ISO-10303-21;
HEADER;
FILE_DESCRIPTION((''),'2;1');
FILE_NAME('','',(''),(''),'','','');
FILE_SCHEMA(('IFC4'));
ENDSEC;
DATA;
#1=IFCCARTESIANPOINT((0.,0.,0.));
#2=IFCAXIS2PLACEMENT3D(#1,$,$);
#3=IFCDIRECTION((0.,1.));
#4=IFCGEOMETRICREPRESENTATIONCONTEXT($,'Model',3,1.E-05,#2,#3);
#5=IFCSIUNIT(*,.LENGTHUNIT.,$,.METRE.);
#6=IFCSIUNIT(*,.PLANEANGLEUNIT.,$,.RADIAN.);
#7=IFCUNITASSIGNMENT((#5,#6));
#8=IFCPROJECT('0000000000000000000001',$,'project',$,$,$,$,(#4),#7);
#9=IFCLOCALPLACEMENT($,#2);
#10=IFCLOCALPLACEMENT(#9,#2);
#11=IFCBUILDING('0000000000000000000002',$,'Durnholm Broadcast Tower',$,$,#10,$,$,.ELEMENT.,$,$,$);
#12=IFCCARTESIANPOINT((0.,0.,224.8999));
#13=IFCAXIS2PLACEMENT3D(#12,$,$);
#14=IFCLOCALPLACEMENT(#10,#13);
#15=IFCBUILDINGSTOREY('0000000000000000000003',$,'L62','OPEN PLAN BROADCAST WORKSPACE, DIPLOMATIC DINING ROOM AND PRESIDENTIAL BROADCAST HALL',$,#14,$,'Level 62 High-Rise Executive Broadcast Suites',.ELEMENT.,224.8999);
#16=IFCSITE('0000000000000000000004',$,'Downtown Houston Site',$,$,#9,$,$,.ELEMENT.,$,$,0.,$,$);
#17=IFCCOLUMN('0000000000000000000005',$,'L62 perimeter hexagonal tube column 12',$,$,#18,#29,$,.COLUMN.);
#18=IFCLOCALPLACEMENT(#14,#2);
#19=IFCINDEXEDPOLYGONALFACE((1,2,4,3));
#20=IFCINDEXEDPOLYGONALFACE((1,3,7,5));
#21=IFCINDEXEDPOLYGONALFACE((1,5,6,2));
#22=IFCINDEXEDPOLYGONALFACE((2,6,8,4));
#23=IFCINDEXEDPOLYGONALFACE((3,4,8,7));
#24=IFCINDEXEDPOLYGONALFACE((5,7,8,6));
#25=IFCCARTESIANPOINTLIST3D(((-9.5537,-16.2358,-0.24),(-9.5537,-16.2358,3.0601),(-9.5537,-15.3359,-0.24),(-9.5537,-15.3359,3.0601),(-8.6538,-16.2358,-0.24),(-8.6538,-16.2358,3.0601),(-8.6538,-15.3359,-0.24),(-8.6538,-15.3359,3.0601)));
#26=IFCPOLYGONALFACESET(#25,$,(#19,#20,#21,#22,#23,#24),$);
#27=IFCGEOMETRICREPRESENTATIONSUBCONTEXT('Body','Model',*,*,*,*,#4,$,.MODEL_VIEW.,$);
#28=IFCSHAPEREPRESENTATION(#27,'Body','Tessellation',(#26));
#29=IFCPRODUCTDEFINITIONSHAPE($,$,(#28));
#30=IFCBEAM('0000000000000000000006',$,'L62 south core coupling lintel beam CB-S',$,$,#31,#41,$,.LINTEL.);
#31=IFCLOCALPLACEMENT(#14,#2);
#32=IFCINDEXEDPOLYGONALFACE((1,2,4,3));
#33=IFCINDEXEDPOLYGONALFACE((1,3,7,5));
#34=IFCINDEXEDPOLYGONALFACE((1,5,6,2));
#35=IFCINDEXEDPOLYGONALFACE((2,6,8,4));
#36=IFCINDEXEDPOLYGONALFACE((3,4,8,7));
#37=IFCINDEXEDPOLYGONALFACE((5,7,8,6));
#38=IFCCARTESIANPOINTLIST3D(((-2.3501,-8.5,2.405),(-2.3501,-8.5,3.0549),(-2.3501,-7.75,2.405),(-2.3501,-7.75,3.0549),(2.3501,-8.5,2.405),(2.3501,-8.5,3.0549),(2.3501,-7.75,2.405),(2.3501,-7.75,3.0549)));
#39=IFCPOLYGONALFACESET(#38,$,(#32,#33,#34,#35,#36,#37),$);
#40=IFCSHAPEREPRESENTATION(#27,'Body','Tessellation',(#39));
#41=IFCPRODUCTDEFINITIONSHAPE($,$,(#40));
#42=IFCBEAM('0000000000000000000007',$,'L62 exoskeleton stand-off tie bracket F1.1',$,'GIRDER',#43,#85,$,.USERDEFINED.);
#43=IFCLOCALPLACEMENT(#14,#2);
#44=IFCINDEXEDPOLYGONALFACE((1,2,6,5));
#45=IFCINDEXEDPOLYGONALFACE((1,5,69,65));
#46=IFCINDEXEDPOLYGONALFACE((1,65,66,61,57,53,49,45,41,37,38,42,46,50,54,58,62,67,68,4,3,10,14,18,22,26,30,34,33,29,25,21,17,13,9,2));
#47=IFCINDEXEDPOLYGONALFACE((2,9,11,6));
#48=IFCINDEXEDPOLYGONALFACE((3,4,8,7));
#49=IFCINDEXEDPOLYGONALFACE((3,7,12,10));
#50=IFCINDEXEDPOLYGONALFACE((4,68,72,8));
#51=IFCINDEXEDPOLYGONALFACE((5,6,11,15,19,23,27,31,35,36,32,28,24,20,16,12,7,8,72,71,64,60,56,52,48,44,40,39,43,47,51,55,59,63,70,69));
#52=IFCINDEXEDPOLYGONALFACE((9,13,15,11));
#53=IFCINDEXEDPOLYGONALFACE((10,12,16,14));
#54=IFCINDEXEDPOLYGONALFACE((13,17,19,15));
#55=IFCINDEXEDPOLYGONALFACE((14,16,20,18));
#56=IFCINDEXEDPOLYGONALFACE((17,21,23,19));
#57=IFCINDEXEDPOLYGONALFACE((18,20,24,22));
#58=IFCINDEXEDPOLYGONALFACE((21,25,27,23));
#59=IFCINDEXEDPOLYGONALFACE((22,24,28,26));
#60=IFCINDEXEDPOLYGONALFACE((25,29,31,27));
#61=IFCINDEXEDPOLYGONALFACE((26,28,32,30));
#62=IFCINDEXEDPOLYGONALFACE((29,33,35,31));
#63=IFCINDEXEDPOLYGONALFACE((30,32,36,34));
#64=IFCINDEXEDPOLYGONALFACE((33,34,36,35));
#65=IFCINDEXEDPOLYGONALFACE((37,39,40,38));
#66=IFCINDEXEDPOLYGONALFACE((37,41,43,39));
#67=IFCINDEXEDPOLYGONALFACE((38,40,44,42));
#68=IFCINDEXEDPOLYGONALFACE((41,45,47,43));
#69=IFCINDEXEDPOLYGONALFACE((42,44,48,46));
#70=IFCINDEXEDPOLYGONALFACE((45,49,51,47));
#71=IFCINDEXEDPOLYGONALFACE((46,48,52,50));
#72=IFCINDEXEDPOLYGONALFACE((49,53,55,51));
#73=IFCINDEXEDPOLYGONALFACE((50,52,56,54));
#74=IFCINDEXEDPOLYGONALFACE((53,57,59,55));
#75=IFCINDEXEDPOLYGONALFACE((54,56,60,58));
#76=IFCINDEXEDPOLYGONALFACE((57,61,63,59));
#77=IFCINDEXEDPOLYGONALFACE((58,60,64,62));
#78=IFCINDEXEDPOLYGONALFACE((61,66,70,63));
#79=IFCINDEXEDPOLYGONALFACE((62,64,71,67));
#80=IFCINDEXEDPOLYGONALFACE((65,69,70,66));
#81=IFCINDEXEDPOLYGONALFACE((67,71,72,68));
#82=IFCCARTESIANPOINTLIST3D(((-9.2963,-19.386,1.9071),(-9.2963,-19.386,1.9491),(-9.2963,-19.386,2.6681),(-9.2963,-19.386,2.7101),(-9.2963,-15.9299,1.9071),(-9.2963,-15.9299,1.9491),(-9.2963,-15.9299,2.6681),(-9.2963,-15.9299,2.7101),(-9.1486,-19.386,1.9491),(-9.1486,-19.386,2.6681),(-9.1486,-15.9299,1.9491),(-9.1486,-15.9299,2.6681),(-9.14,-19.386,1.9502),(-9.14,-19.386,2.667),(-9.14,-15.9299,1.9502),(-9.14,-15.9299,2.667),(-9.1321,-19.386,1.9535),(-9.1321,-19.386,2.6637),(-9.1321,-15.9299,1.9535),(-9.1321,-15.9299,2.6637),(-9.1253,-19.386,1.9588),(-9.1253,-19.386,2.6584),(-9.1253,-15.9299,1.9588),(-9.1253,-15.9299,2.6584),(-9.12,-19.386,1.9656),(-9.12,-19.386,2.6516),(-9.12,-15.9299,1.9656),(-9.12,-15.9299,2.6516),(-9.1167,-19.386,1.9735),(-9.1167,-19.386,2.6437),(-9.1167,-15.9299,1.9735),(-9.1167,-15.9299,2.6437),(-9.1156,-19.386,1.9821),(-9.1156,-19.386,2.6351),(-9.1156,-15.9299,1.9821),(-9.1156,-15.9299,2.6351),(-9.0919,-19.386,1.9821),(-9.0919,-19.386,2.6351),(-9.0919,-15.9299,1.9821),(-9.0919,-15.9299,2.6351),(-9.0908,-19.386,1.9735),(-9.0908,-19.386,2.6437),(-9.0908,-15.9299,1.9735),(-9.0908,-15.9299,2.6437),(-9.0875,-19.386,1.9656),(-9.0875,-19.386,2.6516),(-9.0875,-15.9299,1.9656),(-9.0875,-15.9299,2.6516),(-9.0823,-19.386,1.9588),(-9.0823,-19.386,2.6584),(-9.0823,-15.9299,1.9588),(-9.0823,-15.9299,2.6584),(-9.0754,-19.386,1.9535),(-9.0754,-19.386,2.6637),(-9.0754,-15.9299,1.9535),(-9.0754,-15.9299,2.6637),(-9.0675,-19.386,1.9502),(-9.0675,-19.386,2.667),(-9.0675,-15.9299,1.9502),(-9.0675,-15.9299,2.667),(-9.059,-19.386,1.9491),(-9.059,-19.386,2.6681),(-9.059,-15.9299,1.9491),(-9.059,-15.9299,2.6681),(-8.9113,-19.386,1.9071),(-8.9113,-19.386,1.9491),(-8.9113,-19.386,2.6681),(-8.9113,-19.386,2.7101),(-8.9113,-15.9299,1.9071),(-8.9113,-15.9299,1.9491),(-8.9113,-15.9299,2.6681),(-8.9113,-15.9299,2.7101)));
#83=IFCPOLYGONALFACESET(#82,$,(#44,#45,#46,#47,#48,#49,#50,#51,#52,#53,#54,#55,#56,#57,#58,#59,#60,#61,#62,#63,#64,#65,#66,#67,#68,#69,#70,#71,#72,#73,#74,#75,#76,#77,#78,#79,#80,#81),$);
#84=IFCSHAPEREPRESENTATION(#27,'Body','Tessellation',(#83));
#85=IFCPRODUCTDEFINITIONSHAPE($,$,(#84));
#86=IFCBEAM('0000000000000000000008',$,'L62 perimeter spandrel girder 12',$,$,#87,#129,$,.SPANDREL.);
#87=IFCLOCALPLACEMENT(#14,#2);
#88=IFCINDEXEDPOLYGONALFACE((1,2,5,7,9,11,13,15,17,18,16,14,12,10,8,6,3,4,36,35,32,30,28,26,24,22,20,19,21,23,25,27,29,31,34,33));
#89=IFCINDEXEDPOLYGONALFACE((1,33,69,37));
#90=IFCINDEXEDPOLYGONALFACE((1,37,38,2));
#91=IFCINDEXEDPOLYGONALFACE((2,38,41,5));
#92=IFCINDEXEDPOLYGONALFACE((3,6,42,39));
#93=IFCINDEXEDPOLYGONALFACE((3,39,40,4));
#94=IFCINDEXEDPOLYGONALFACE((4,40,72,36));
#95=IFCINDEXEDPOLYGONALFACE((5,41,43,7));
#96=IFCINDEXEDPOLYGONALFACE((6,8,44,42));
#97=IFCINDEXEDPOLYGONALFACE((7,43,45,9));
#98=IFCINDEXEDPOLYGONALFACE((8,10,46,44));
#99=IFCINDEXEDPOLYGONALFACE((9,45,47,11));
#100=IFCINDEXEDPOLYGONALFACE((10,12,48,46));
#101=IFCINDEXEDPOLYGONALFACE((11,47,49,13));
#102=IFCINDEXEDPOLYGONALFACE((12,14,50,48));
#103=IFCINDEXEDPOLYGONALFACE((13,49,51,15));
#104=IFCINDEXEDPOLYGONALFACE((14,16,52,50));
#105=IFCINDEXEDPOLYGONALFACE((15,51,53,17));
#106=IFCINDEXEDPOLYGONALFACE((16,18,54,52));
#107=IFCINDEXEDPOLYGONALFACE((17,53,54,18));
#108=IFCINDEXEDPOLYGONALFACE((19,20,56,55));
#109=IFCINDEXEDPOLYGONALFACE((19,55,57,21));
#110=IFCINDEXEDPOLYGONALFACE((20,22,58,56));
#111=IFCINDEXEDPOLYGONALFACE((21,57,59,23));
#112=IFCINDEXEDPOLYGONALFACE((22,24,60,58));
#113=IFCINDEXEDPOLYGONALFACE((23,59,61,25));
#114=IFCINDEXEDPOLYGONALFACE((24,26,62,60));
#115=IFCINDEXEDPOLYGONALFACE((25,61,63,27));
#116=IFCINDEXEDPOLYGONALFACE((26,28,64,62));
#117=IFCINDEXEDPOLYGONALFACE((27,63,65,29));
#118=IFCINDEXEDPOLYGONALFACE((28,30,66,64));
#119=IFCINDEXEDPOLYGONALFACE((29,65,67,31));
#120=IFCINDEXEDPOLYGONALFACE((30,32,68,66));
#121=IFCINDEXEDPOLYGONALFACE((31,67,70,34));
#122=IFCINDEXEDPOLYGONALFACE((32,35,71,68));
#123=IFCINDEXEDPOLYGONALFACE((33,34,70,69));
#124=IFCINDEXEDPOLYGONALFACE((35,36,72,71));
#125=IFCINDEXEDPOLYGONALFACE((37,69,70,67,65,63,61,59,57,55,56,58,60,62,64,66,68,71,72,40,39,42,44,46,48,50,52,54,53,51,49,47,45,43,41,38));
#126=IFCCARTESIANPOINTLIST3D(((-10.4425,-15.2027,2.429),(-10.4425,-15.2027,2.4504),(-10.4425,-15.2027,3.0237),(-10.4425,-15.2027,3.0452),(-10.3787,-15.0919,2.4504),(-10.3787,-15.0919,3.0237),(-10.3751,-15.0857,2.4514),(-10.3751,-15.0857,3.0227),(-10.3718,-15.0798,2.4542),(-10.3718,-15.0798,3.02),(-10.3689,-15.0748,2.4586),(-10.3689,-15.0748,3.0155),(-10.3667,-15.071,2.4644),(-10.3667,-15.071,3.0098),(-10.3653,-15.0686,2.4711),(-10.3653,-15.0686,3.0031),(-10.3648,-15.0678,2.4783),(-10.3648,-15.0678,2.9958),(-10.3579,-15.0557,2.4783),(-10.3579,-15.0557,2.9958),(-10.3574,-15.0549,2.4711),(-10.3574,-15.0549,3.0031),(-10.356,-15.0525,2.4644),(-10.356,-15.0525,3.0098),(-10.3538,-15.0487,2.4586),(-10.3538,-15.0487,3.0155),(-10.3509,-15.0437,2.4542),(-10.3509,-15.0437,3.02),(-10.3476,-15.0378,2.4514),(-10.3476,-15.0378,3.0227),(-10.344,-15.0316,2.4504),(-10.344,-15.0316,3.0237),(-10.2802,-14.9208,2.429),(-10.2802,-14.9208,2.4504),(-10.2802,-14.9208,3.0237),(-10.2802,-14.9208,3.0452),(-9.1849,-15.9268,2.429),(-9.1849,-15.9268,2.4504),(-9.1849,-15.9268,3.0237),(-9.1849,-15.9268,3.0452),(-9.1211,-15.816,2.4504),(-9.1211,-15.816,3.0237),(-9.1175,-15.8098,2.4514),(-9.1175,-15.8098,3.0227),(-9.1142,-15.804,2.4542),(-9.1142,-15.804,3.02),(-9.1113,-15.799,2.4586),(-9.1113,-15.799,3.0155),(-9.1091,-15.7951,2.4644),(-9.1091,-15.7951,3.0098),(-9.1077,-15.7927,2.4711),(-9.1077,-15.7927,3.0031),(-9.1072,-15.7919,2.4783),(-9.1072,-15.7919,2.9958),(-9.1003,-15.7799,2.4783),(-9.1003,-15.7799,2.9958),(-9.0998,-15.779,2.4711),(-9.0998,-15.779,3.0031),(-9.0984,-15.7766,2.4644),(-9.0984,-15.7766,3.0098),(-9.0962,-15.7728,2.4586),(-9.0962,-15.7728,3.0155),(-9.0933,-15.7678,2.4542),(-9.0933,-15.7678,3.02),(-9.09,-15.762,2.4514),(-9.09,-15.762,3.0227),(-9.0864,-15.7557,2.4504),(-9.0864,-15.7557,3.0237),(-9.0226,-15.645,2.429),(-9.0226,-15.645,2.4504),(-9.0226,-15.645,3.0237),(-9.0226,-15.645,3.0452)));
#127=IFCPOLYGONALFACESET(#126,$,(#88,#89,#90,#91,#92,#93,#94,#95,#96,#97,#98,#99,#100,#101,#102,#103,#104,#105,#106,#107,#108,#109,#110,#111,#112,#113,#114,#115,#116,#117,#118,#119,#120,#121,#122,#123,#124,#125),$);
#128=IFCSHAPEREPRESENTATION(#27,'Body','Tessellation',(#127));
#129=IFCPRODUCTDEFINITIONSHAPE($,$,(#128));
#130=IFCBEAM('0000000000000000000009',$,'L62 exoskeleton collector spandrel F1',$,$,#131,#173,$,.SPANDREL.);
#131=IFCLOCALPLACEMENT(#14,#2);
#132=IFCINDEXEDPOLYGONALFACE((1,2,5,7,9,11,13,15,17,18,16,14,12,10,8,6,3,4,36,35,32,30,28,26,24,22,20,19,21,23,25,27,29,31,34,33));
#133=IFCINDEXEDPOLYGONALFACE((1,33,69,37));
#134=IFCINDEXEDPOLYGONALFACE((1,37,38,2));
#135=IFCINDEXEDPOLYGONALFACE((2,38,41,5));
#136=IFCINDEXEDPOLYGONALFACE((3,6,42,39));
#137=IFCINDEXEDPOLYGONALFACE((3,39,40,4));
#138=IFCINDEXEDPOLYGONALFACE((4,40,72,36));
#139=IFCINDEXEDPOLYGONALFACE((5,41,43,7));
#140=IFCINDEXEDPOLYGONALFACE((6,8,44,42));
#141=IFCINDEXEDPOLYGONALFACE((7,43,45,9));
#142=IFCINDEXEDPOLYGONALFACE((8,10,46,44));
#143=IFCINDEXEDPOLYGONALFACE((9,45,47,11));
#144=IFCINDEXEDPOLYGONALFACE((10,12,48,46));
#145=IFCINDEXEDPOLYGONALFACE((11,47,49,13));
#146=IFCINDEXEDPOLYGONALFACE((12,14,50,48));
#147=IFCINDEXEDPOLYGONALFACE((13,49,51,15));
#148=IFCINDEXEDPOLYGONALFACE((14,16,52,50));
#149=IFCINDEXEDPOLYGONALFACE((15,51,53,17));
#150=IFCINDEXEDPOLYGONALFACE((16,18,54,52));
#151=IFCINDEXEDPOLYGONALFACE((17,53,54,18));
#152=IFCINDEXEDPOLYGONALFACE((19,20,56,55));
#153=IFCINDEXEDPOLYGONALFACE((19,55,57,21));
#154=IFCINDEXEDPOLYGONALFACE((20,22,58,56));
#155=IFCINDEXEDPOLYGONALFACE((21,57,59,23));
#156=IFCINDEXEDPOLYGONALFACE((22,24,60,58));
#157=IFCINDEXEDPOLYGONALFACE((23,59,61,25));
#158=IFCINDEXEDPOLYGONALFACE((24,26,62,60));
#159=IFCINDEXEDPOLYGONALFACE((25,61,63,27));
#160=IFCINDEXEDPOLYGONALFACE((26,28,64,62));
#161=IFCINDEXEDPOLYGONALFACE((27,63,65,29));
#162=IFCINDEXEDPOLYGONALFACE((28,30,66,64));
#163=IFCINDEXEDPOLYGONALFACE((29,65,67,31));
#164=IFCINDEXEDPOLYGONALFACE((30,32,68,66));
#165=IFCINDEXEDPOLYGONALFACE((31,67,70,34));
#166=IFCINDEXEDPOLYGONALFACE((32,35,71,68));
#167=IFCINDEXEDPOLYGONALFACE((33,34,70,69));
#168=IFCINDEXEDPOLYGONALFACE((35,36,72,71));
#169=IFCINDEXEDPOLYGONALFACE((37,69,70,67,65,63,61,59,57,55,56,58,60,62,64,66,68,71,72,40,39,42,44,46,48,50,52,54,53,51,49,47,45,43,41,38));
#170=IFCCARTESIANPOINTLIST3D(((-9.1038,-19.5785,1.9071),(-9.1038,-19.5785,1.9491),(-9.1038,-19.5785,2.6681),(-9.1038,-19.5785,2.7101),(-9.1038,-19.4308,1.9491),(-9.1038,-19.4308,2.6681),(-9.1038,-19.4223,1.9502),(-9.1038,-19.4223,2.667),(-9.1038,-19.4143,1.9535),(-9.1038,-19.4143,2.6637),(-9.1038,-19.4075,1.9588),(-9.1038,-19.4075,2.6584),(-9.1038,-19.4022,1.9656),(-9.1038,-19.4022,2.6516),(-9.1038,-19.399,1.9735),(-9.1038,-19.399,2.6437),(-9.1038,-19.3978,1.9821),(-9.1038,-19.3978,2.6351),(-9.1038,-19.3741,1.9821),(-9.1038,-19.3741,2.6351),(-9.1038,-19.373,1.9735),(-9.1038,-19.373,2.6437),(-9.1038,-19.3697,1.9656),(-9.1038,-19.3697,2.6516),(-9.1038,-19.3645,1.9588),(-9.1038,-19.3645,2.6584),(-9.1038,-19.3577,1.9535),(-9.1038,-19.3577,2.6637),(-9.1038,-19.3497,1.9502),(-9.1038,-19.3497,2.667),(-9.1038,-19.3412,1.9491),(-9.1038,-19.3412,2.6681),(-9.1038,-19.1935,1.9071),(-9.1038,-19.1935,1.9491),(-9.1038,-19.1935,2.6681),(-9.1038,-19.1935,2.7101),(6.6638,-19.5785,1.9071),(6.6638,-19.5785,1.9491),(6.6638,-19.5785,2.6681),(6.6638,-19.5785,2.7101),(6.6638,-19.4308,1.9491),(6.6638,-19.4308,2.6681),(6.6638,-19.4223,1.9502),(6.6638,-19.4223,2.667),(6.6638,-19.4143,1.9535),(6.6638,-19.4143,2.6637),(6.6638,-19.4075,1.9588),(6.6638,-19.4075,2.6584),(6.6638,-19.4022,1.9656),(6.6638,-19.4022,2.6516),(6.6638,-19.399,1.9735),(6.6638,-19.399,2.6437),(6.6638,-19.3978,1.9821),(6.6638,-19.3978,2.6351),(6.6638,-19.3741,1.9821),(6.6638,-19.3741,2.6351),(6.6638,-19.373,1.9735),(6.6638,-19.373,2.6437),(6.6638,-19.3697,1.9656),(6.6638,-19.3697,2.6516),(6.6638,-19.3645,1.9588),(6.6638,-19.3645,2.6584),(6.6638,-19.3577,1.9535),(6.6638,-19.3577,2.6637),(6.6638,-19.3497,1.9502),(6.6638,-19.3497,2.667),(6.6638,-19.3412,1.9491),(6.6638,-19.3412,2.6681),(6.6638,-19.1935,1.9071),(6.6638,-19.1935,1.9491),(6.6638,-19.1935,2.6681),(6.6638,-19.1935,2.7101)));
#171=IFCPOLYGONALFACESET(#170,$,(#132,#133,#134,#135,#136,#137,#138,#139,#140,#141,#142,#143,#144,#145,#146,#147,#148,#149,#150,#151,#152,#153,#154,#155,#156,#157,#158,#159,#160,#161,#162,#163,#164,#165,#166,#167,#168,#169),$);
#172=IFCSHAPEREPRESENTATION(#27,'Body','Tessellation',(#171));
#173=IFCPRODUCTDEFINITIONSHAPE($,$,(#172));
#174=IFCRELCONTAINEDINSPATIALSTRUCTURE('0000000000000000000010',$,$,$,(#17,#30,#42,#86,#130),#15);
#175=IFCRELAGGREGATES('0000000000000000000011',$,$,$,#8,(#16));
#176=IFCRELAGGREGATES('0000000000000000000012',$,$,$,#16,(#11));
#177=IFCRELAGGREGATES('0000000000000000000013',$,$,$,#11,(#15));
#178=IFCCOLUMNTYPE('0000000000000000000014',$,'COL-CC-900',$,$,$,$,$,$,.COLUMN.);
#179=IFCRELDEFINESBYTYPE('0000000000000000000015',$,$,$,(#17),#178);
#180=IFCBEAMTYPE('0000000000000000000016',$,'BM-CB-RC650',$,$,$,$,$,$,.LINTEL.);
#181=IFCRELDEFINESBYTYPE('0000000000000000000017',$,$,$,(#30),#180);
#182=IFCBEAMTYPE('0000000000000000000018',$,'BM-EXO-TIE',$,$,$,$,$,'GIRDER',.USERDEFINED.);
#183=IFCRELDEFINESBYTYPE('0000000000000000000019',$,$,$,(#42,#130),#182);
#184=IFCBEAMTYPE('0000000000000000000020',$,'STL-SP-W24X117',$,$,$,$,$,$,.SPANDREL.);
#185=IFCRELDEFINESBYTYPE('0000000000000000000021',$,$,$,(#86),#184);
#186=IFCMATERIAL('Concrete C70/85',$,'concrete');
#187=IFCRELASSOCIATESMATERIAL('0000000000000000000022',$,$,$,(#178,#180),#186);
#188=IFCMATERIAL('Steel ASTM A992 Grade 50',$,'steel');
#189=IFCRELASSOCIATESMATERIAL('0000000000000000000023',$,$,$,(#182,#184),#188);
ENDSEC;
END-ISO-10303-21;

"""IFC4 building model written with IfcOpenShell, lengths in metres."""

from ifc_helpers import new_model, si_unit, direction, frame, origin, origin_2d, place, context, subcontext, project, spatial, rectangle, i_section, extrude, source, transform, mapped, material, material_profile, profile_set, type_object, type_shapes, element, save


model = new_model("IFC4")

# Units and contexts
model_context = context("Model", 3, precision=1e-05, world=origin(), true_north=direction((0.0, 1.0)))
body_context = subcontext(model_context, "Body", "Model", "MODEL_VIEW")
ifc_project = project(units=[si_unit("LENGTHUNIT", "METRE"), si_unit("PLANEANGLEUNIT", "RADIAN")], contexts=[model_context])

# Site, building, storey
site_placement = place(None, origin())
site = spatial("IfcSite", under=ifc_project, at=site_placement, Name="Downtown Houston Site", CompositionType="ELEMENT", RefElevation=0.0)
building_placement = place(site_placement, origin())
building = spatial("IfcBuilding", under=site, at=building_placement, Name="Durnholm Broadcast Tower", CompositionType="ELEMENT")
storey_placement = place(building_placement, frame((0.0, 0.0, 224.8999)))
storey = spatial("IfcBuildingStorey", under=building, at=storey_placement, Name="L62", Description="OPEN PLAN BROADCAST WORKSPACE, DIPLOMATIC DINING ROOM AND PRESIDENTIAL BROADCAST HALL", LongName="Level 62 High-Rise Executive Broadcast Suites", CompositionType="ELEMENT", Elevation=224.8999)

# Column
ifc_material_1 = material(Name="Concrete C70/85", Category="concrete")
ifc_material_profile_1 = material_profile(ifc_material_1, rectangle(XDim=0.8999, YDim=0.8999, at=origin_2d()), Name="RC900X900")
ifc_profile_set_1 = profile_set([ifc_material_profile_1], Name="Concrete C70/85")
column_type = type_object("IfcColumnType", Name="COL-CC-900", PredefinedType="COLUMN", material=ifc_profile_set_1)
shared_shape_1 = source(origin(), body_context, "Body", "SweptSolid", [
    extrude(rectangle(XDim=0.8999, YDim=0.8999, at=origin_2d()), origin(), (0.0, 0.0, 1.0), 3.3),
])
type_shapes(column_type, [shared_shape_1])
column_placement = place(storey_placement, frame((-9.1038, -15.7859, -0.24), z_axis=(0.0, 0.0, 1.0), x_axis=(1.0, 0.0, 0.0)))
element("IfcColumn", 1, at=column_placement, inside=storey, type_object=column_type, Name="L62 perimeter hexagonal tube column 12", PredefinedType="COLUMN", context=body_context, shape_type="MappedRepresentation", body=[
    mapped(shared_shape_1, transform((0.0, 0.0, 0.0), x_axis=(1.0, 0.0, 0.0), y_axis=(0.0, 1.0, 0.0), z_axis=(0.0, 0.0, 1.0), scale=1.0)),
])

# Beams
ifc_material_profile_2 = material_profile(ifc_material_1, rectangle(XDim=0.75, YDim=0.6499, at=origin_2d()), Name="RC750X650")
ifc_profile_set_2 = profile_set([ifc_material_profile_2], Name="Concrete C70/85")
beam_type_1 = type_object("IfcBeamType", Name="BM-CB-RC650", PredefinedType="LINTEL", material=ifc_profile_set_2)
shared_shape_2 = source(origin(), body_context, "Body", "SweptSolid", [
    extrude(rectangle(XDim=0.75, YDim=0.6499, at=origin_2d()), origin(), (0.0, 0.0, 1.0), 4.7002),
])
type_shapes(beam_type_1, [shared_shape_2])
beam_1_placement = place(storey_placement, frame((-2.3501, -8.125, 2.73), z_axis=(1.0, 0.0, 0.0), x_axis=(0.0, 1.0, 0.0)))
element("IfcBeam", 2, at=beam_1_placement, inside=storey, type_object=beam_type_1, Name="L62 south core coupling lintel beam CB-S", PredefinedType="LINTEL", context=body_context, shape_type="MappedRepresentation", body=[
    mapped(shared_shape_2, transform((0.0, 0.0, 0.0), x_axis=(1.0, 0.0, 0.0), y_axis=(0.0, 1.0, 0.0), z_axis=(0.0, 0.0, 1.0), scale=1.0)),
])
ifc_material_2 = material(Name="Steel ASTM A992 Grade 50", Category="steel")
ifc_material_profile_3 = material_profile(ifc_material_2, i_section(OverallWidth=0.385, OverallDepth=0.803, WebThickness=0.0237, FlangeThickness=0.042, FilletRadius=0.033, at=origin_2d()), Name="W30X261")
ifc_profile_set_3 = profile_set([ifc_material_profile_3], Name="Steel ASTM A992 Grade 50")
beam_type_2 = type_object("IfcBeamType", Name="BM-EXO-TIE", ElementType="GIRDER", PredefinedType="USERDEFINED", material=ifc_profile_set_3)
shared_shape_3 = source(origin(), body_context, "Body", "SweptSolid", [
    extrude(i_section(OverallWidth=0.385, OverallDepth=0.803, WebThickness=0.0237, FlangeThickness=0.042, FilletRadius=0.033, at=origin_2d()), origin(), (0.0, 0.0, 1.0), 3.4561),
])
beam_2_placement = place(storey_placement, frame((-9.1038, -15.9299, 2.3086), z_axis=(0.0, -1.0, 0.0), x_axis=(1.0, 0.0, 0.0)))
element("IfcBeam", 3, at=beam_2_placement, inside=storey, type_object=beam_type_2, Name="L62 exoskeleton stand-off tie bracket F1.1", ObjectType="GIRDER", PredefinedType="USERDEFINED", context=body_context, shape_type="MappedRepresentation", body=[
    mapped(shared_shape_3, transform((0.0, 0.0, 0.0), x_axis=(1.0, 0.0, 0.0), y_axis=(0.0, 1.0, 0.0), z_axis=(0.0, 0.0, 1.0), scale=1.0)),
])
ifc_material_profile_4 = material_profile(ifc_material_2, i_section(OverallWidth=0.3252, OverallDepth=0.6162, WebThickness=0.0139, FlangeThickness=0.0215, FilletRadius=0.0278, at=origin_2d()), Name="W24X117")
ifc_profile_set_4 = profile_set([ifc_material_profile_4], Name="Steel ASTM A992 Grade 50")
beam_type_3 = type_object("IfcBeamType", Name="STL-SP-W24X117", PredefinedType="SPANDREL", material=ifc_profile_set_4)
shared_shape_4 = source(origin(), body_context, "Body", "SweptSolid", [
    extrude(i_section(OverallWidth=0.3252, OverallDepth=0.6162, WebThickness=0.0139, FlangeThickness=0.0215, FilletRadius=0.0278, at=origin_2d()), origin(), (0.0, 0.0, 1.0), 1.4512),
])
type_shapes(beam_type_3, [shared_shape_4])
beam_3_placement = place(storey_placement, frame((-9.1038, -15.7859, 2.7371), z_axis=(-0.866603, 0.498999, 0.0), x_axis=(-0.498999, -0.866603, 0.0)))
element("IfcBeam", 4, at=beam_3_placement, inside=storey, type_object=beam_type_3, Name="L62 perimeter spandrel girder 12", PredefinedType="SPANDREL", context=body_context, shape_type="MappedRepresentation", body=[
    mapped(shared_shape_4, transform((0.0, 0.0, 0.0), x_axis=(1.0, 0.0, 0.0), y_axis=(0.0, 1.0, 0.0), z_axis=(0.0, 0.0, 1.0), scale=1.0)),
])
shared_shape_5 = source(origin(), body_context, "Body", "SweptSolid", [
    extrude(i_section(OverallWidth=0.385, OverallDepth=0.803, WebThickness=0.0237, FlangeThickness=0.042, FilletRadius=0.033, at=origin_2d()), origin(), (0.0, 0.0, 1.0), 15.7676),
])
type_shapes(beam_type_2, [shared_shape_3, shared_shape_5])
beam_4_placement = place(storey_placement, frame((-9.1038, -19.386, 2.3086), z_axis=(1.0, 0.0, 0.0), x_axis=(0.0, 1.0, 0.0)))
element("IfcBeam", 5, at=beam_4_placement, inside=storey, type_object=beam_type_2, Name="L62 exoskeleton collector spandrel F1", PredefinedType="SPANDREL", context=body_context, shape_type="MappedRepresentation", body=[
    mapped(shared_shape_5, transform((0.0, 0.0, 0.0), x_axis=(1.0, 0.0, 0.0), y_axis=(0.0, 1.0, 0.0), z_axis=(0.0, 0.0, 1.0), scale=1.0)),
])

save(model, "model.ifc")
